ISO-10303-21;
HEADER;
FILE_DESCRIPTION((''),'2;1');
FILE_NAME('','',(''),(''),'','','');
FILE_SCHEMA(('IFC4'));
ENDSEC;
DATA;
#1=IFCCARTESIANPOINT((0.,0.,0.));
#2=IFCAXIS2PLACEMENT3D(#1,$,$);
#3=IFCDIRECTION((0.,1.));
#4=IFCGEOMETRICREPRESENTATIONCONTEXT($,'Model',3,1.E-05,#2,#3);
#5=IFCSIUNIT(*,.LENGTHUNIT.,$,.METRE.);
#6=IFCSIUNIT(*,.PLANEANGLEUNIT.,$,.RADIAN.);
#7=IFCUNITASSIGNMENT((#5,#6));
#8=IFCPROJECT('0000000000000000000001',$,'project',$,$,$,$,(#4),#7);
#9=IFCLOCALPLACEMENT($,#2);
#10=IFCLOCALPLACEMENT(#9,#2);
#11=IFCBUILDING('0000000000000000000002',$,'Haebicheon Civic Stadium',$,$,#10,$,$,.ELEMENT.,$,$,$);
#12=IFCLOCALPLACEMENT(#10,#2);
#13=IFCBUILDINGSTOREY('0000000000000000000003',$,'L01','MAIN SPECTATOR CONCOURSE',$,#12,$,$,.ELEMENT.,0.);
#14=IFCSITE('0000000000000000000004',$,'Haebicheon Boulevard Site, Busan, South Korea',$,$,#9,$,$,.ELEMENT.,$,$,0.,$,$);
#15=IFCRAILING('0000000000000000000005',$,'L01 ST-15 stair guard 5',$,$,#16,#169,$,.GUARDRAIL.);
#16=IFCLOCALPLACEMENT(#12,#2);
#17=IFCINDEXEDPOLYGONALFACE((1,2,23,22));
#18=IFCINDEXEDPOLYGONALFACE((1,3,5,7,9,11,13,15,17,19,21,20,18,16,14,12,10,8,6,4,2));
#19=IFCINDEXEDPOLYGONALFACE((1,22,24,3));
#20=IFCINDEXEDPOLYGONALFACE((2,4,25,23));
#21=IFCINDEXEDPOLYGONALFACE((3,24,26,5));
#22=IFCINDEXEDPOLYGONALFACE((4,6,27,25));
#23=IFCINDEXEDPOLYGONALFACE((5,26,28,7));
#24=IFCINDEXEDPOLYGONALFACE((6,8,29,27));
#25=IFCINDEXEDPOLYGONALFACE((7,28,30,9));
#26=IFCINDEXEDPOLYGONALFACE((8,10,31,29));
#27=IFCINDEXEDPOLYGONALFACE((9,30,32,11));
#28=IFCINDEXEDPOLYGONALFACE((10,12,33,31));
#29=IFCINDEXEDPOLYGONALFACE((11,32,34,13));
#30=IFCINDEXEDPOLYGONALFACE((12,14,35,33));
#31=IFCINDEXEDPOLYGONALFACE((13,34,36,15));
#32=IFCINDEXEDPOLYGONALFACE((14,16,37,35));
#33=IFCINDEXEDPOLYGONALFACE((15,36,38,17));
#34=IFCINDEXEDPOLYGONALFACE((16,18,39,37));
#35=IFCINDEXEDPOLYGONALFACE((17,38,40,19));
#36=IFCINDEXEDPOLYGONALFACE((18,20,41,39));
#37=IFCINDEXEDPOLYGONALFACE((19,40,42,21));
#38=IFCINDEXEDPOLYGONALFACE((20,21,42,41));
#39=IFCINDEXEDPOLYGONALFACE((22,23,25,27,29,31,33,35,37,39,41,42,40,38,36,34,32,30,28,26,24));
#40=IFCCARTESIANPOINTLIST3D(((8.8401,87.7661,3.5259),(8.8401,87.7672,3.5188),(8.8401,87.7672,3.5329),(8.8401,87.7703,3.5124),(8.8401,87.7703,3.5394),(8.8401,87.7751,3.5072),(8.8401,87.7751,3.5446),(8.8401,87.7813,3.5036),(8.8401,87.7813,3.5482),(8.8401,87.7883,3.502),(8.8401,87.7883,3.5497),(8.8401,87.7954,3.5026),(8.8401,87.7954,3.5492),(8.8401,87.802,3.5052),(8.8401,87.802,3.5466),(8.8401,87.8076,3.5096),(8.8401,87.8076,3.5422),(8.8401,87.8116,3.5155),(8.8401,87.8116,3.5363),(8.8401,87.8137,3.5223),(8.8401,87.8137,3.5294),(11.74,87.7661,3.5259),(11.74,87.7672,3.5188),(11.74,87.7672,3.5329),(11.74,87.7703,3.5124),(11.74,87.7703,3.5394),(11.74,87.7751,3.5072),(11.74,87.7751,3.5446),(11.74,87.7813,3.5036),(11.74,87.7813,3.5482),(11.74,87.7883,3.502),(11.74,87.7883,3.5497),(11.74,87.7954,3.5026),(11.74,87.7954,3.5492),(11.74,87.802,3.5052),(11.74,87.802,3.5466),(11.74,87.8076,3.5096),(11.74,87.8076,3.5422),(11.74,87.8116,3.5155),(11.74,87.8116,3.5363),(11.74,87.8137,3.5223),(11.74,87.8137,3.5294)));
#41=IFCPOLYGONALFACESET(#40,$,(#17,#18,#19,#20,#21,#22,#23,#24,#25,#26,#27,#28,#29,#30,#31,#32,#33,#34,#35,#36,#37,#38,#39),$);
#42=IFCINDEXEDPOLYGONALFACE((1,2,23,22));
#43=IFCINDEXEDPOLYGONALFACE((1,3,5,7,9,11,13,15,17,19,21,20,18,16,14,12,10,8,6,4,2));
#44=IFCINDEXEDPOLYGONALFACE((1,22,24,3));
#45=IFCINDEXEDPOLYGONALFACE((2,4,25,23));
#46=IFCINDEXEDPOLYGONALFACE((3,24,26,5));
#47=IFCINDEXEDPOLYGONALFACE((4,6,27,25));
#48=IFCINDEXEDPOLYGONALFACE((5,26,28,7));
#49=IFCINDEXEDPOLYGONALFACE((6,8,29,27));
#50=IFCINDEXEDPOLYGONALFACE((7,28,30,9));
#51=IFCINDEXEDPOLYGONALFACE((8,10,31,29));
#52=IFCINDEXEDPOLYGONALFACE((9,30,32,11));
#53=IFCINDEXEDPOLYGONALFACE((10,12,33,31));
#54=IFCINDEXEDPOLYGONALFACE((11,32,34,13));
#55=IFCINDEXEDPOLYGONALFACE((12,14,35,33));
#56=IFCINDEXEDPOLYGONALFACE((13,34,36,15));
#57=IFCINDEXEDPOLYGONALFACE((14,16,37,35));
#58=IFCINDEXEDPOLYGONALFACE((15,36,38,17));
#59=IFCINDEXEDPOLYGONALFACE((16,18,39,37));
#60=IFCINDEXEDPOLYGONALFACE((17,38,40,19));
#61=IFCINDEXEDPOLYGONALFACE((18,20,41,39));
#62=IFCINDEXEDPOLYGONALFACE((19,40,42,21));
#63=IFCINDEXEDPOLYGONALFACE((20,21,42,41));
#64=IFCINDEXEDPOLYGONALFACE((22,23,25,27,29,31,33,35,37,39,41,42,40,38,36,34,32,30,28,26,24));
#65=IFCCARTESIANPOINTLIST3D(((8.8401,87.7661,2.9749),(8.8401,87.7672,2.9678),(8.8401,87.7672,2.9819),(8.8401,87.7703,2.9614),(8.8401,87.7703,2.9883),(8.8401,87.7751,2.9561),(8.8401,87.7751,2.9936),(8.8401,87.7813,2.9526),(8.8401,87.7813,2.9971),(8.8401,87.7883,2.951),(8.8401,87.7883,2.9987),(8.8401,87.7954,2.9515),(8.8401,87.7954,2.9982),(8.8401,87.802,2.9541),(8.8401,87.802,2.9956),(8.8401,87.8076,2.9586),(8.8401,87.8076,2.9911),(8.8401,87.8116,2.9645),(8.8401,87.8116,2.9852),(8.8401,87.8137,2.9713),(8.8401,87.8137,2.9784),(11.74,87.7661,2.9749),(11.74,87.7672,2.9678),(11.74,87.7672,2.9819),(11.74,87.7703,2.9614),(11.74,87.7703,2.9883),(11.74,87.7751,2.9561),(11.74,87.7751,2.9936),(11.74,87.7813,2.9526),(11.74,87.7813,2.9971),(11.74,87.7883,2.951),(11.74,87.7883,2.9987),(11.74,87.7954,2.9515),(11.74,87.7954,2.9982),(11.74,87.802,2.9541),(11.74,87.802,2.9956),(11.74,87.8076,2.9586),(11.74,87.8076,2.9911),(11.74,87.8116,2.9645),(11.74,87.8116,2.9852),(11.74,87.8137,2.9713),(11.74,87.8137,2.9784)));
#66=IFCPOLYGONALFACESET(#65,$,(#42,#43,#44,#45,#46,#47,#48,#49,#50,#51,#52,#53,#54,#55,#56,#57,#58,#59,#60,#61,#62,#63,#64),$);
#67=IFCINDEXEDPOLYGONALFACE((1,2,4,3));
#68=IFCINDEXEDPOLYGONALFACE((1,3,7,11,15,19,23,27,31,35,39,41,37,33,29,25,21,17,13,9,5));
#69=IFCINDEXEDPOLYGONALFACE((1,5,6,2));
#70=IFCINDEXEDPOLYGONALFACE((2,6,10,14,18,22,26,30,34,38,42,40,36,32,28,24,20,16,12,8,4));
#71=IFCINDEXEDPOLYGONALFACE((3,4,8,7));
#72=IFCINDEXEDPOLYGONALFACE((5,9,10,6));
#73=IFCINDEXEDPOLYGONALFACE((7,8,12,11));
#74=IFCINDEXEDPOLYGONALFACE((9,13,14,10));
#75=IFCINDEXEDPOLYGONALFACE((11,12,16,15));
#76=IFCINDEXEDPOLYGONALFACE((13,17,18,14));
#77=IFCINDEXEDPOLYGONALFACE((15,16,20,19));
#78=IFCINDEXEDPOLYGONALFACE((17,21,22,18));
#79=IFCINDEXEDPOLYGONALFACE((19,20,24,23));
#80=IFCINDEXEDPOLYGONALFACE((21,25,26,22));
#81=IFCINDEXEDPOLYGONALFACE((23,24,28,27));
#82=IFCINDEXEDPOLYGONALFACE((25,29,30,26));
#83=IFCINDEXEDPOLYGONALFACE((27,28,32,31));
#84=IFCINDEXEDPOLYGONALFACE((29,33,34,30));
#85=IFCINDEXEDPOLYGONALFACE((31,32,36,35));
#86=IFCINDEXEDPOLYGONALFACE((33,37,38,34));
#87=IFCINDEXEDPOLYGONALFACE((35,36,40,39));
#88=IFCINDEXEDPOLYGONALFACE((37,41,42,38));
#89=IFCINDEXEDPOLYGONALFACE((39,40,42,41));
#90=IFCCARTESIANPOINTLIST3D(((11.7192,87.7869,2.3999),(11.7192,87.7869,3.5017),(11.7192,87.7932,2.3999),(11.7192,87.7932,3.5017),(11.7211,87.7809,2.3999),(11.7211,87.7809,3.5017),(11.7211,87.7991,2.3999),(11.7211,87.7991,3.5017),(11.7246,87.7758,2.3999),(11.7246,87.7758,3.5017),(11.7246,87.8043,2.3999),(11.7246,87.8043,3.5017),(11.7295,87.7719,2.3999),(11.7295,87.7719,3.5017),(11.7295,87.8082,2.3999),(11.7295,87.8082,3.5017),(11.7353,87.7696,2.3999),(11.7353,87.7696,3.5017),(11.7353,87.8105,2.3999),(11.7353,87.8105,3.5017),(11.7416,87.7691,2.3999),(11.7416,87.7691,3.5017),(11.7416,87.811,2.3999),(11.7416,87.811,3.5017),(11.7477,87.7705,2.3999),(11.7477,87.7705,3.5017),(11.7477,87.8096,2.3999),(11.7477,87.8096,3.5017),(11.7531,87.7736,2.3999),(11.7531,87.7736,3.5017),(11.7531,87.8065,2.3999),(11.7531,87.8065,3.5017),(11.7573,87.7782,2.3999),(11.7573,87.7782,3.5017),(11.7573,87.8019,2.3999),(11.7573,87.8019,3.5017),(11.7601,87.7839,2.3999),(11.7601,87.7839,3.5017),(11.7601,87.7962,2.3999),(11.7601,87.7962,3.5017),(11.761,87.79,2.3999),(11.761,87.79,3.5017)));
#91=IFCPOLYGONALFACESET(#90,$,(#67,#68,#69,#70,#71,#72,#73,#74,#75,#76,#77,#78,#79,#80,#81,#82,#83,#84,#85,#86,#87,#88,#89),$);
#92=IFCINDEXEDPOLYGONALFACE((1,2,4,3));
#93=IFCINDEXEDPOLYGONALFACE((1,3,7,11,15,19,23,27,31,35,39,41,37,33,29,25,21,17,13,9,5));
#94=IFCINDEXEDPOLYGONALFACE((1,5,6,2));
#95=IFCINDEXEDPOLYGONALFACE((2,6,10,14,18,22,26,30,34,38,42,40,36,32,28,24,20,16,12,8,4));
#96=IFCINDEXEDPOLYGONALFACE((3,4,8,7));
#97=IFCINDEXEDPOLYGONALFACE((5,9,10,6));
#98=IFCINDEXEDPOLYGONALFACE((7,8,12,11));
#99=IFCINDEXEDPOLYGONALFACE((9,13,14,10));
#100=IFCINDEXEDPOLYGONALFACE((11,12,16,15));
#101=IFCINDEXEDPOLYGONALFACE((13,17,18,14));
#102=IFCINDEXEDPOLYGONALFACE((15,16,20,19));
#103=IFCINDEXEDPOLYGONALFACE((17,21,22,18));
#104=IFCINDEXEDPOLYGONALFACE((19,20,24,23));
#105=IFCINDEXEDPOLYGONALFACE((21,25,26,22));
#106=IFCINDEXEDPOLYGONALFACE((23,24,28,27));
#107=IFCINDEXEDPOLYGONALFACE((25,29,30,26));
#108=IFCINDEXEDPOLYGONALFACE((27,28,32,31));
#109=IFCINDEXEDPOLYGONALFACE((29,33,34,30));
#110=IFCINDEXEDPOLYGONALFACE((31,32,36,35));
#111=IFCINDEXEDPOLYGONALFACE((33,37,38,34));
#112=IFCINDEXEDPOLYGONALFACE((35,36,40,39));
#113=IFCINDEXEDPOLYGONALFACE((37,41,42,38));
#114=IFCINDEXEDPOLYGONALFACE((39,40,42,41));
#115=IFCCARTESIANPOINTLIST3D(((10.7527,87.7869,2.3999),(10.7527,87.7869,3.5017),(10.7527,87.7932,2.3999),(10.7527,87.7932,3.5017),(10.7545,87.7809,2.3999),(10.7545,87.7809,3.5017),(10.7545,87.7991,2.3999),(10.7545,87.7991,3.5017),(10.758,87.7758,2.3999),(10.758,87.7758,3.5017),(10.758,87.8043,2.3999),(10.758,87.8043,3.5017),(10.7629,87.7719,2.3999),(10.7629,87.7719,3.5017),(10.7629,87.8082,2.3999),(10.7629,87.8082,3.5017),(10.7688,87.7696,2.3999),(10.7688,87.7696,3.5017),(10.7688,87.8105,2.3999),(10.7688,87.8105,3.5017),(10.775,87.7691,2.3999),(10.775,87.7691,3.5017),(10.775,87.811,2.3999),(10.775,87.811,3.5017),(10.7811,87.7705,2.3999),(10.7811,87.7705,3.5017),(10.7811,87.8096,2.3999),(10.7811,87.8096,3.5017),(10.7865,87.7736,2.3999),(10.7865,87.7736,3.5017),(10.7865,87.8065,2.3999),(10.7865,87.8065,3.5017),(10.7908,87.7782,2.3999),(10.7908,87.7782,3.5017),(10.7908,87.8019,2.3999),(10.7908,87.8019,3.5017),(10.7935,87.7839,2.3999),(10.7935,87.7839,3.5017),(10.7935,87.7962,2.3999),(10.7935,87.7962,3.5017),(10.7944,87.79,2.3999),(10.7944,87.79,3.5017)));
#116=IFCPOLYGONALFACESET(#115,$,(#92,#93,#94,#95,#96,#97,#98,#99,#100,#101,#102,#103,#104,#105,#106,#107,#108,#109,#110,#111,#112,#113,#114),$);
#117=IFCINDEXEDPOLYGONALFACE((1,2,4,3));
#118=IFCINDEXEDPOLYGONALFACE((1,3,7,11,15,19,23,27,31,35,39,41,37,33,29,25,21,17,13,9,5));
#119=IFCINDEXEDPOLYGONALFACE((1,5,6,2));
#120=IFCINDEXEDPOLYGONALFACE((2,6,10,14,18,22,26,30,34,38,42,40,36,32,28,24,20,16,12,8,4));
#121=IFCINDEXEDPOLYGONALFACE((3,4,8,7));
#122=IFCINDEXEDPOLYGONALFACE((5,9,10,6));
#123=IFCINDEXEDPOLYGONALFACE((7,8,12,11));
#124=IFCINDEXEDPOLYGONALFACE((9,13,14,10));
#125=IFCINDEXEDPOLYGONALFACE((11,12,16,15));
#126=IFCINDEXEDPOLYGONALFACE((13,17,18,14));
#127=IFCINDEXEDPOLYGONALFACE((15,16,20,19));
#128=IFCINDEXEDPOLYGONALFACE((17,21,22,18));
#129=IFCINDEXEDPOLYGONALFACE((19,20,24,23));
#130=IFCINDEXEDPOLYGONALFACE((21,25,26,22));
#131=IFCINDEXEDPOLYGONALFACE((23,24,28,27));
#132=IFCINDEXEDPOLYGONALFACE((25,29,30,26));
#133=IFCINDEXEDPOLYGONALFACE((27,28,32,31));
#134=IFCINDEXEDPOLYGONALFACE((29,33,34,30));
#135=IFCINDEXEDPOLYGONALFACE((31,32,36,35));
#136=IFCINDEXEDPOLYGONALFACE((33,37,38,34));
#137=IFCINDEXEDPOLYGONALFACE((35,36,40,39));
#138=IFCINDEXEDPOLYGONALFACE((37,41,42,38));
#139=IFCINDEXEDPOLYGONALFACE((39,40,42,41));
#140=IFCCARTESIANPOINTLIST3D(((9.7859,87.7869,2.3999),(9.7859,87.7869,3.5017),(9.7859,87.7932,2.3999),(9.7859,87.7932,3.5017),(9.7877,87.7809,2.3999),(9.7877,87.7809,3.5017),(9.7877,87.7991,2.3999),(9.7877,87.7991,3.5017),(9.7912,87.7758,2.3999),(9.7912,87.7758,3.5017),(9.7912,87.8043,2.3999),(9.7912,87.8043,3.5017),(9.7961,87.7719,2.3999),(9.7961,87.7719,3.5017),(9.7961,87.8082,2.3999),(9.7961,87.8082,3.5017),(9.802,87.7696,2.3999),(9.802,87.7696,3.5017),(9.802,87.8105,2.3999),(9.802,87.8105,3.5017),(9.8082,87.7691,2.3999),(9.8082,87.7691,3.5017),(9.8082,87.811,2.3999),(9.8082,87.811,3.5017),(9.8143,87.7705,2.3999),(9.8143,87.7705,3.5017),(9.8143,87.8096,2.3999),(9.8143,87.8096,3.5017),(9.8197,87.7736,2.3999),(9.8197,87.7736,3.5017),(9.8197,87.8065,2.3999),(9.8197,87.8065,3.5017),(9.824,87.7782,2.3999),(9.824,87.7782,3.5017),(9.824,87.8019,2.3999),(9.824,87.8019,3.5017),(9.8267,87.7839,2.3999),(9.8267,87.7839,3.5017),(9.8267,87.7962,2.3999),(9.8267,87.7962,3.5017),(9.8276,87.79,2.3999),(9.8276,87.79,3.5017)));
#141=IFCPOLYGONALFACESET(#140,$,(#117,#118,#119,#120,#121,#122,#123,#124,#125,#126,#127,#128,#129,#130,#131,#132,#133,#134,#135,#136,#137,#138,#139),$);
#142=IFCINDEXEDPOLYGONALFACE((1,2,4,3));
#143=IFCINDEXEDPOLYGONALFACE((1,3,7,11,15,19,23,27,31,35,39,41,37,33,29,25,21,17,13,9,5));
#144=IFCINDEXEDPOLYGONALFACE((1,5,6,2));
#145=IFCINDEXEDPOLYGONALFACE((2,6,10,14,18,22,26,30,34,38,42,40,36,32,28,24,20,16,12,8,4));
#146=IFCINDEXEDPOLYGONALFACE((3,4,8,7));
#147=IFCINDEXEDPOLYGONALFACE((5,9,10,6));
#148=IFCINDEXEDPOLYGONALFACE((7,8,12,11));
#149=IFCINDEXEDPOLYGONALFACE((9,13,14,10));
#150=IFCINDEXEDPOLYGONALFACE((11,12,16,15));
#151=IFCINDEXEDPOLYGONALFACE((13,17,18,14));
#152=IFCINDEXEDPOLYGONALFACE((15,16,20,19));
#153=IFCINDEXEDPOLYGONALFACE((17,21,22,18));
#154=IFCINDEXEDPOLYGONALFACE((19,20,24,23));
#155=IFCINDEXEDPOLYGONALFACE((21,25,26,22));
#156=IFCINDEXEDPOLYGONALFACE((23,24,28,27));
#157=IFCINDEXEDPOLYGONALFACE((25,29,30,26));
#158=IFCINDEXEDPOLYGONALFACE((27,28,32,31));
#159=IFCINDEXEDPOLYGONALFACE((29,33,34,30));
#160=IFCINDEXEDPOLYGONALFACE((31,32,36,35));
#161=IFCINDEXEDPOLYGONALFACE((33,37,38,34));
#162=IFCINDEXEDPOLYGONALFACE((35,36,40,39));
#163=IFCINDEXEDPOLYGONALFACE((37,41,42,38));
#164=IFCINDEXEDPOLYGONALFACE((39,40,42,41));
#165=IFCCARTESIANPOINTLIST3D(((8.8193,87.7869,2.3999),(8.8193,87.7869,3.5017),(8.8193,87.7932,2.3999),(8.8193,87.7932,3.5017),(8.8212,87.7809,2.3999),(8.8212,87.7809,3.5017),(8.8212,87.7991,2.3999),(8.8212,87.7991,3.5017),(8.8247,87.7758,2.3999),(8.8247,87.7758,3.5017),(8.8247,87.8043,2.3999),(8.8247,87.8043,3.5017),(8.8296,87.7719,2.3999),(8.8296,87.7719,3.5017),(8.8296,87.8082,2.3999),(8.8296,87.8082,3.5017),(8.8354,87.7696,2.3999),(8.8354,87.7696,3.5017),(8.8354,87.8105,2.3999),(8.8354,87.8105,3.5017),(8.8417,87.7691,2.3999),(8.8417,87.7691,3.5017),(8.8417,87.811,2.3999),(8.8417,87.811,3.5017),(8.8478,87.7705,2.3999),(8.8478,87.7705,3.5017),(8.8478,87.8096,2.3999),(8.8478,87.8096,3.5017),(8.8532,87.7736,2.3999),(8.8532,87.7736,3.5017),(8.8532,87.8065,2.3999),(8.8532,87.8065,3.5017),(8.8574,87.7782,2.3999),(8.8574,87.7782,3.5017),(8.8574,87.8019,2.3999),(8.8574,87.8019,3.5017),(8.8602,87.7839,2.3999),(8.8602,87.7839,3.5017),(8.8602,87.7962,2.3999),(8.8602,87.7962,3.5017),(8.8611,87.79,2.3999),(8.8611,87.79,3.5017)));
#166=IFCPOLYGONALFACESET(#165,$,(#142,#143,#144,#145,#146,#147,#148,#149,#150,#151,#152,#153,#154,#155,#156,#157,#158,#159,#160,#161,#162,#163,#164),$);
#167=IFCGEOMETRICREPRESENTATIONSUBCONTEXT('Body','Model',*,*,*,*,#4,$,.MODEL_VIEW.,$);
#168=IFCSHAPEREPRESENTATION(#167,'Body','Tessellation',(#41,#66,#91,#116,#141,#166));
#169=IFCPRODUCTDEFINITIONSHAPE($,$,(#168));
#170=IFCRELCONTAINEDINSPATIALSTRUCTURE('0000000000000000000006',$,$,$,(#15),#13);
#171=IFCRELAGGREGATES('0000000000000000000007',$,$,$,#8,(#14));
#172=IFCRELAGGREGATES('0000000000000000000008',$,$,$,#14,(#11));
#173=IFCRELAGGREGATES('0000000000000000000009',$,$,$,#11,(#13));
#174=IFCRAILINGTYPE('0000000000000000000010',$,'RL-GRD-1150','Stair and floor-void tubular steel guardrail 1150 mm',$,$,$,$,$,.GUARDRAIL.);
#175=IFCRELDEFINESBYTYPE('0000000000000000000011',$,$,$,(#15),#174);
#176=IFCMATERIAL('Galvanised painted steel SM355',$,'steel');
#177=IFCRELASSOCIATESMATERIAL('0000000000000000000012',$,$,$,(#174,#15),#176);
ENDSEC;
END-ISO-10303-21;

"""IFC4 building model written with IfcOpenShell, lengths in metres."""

from ifc_helpers import new_model, si_unit, direction, frame, origin, origin_2d, place, context, subcontext, project, spatial, circle, extrude, material, type_object, element, save


model = new_model("IFC4")

# Units and contexts
model_context = context("Model", 3, precision=1e-05, world=origin(), true_north=direction((0.0, 1.0)))
body_context = subcontext(model_context, "Body", "Model", "MODEL_VIEW")
ifc_project = project(units=[si_unit("LENGTHUNIT", "METRE"), si_unit("PLANEANGLEUNIT", "RADIAN")], contexts=[model_context])

# Site, building, storey
site_placement = place(None, origin())
site = spatial("IfcSite", under=ifc_project, at=site_placement, Name="Haebicheon Boulevard Site, Busan, South Korea", CompositionType="ELEMENT", RefElevation=0.0)
building_placement = place(site_placement, origin())
building = spatial("IfcBuilding", under=site, at=building_placement, Name="Haebicheon Civic Stadium", CompositionType="ELEMENT")
storey_placement = place(building_placement, origin())
storey = spatial("IfcBuildingStorey", under=building, at=storey_placement, Name="L01", Description="MAIN SPECTATOR CONCOURSE", CompositionType="ELEMENT", Elevation=0.0)

# Railing
ifc_material_1 = material(Name="Galvanised painted steel SM355", Category="steel")
railing_type_1 = type_object("IfcRailingType", Name="RL-GRD-1150", Description="Stair and floor-void tubular steel guardrail 1150 mm", PredefinedType="GUARDRAIL", material=ifc_material_1)
railing_1_placement = place(storey_placement, frame((11.74, 87.79, 2.3999)))
element("IfcRailing", 1, at=railing_1_placement, inside=storey, type_object=railing_type_1, material=ifc_material_1, Name="L01 ST-15 stair guard 5", PredefinedType="GUARDRAIL", context=body_context, shape_type="SweptSolid", body=[
    extrude(circle(Radius=0.0239, at=origin_2d()), frame((0.0, 0.0, 1.126), z_axis=(-1.0, 0.0, 0.0), x_axis=(0.0, -1.0, 0.0)), (0.0, 0.0, 1.0), 2.8999),
    extrude(circle(Radius=0.0239, at=origin_2d()), frame((0.0, 0.0, 0.575), z_axis=(-1.0, 0.0, 0.0), x_axis=(0.0, -1.0, 0.0)), (0.0, 0.0, 1.0), 2.8999),
    extrude(circle(Radius=0.021, at=origin_2d()), origin(), (0.0, 0.0, 1.0), 1.1018),
    extrude(circle(Radius=0.021, at=origin_2d()), frame((-0.9666, 0.0, 0.0)), (0.0, 0.0, 1.0), 1.1018),
    extrude(circle(Radius=0.021, at=origin_2d()), frame((-1.9333, 0.0, 0.0)), (0.0, 0.0, 1.0), 1.1018),
    extrude(circle(Radius=0.021, at=origin_2d()), frame((-2.8999, 0.0, 0.0)), (0.0, 0.0, 1.0), 1.1018),
])

save(model, "model.ifc")
